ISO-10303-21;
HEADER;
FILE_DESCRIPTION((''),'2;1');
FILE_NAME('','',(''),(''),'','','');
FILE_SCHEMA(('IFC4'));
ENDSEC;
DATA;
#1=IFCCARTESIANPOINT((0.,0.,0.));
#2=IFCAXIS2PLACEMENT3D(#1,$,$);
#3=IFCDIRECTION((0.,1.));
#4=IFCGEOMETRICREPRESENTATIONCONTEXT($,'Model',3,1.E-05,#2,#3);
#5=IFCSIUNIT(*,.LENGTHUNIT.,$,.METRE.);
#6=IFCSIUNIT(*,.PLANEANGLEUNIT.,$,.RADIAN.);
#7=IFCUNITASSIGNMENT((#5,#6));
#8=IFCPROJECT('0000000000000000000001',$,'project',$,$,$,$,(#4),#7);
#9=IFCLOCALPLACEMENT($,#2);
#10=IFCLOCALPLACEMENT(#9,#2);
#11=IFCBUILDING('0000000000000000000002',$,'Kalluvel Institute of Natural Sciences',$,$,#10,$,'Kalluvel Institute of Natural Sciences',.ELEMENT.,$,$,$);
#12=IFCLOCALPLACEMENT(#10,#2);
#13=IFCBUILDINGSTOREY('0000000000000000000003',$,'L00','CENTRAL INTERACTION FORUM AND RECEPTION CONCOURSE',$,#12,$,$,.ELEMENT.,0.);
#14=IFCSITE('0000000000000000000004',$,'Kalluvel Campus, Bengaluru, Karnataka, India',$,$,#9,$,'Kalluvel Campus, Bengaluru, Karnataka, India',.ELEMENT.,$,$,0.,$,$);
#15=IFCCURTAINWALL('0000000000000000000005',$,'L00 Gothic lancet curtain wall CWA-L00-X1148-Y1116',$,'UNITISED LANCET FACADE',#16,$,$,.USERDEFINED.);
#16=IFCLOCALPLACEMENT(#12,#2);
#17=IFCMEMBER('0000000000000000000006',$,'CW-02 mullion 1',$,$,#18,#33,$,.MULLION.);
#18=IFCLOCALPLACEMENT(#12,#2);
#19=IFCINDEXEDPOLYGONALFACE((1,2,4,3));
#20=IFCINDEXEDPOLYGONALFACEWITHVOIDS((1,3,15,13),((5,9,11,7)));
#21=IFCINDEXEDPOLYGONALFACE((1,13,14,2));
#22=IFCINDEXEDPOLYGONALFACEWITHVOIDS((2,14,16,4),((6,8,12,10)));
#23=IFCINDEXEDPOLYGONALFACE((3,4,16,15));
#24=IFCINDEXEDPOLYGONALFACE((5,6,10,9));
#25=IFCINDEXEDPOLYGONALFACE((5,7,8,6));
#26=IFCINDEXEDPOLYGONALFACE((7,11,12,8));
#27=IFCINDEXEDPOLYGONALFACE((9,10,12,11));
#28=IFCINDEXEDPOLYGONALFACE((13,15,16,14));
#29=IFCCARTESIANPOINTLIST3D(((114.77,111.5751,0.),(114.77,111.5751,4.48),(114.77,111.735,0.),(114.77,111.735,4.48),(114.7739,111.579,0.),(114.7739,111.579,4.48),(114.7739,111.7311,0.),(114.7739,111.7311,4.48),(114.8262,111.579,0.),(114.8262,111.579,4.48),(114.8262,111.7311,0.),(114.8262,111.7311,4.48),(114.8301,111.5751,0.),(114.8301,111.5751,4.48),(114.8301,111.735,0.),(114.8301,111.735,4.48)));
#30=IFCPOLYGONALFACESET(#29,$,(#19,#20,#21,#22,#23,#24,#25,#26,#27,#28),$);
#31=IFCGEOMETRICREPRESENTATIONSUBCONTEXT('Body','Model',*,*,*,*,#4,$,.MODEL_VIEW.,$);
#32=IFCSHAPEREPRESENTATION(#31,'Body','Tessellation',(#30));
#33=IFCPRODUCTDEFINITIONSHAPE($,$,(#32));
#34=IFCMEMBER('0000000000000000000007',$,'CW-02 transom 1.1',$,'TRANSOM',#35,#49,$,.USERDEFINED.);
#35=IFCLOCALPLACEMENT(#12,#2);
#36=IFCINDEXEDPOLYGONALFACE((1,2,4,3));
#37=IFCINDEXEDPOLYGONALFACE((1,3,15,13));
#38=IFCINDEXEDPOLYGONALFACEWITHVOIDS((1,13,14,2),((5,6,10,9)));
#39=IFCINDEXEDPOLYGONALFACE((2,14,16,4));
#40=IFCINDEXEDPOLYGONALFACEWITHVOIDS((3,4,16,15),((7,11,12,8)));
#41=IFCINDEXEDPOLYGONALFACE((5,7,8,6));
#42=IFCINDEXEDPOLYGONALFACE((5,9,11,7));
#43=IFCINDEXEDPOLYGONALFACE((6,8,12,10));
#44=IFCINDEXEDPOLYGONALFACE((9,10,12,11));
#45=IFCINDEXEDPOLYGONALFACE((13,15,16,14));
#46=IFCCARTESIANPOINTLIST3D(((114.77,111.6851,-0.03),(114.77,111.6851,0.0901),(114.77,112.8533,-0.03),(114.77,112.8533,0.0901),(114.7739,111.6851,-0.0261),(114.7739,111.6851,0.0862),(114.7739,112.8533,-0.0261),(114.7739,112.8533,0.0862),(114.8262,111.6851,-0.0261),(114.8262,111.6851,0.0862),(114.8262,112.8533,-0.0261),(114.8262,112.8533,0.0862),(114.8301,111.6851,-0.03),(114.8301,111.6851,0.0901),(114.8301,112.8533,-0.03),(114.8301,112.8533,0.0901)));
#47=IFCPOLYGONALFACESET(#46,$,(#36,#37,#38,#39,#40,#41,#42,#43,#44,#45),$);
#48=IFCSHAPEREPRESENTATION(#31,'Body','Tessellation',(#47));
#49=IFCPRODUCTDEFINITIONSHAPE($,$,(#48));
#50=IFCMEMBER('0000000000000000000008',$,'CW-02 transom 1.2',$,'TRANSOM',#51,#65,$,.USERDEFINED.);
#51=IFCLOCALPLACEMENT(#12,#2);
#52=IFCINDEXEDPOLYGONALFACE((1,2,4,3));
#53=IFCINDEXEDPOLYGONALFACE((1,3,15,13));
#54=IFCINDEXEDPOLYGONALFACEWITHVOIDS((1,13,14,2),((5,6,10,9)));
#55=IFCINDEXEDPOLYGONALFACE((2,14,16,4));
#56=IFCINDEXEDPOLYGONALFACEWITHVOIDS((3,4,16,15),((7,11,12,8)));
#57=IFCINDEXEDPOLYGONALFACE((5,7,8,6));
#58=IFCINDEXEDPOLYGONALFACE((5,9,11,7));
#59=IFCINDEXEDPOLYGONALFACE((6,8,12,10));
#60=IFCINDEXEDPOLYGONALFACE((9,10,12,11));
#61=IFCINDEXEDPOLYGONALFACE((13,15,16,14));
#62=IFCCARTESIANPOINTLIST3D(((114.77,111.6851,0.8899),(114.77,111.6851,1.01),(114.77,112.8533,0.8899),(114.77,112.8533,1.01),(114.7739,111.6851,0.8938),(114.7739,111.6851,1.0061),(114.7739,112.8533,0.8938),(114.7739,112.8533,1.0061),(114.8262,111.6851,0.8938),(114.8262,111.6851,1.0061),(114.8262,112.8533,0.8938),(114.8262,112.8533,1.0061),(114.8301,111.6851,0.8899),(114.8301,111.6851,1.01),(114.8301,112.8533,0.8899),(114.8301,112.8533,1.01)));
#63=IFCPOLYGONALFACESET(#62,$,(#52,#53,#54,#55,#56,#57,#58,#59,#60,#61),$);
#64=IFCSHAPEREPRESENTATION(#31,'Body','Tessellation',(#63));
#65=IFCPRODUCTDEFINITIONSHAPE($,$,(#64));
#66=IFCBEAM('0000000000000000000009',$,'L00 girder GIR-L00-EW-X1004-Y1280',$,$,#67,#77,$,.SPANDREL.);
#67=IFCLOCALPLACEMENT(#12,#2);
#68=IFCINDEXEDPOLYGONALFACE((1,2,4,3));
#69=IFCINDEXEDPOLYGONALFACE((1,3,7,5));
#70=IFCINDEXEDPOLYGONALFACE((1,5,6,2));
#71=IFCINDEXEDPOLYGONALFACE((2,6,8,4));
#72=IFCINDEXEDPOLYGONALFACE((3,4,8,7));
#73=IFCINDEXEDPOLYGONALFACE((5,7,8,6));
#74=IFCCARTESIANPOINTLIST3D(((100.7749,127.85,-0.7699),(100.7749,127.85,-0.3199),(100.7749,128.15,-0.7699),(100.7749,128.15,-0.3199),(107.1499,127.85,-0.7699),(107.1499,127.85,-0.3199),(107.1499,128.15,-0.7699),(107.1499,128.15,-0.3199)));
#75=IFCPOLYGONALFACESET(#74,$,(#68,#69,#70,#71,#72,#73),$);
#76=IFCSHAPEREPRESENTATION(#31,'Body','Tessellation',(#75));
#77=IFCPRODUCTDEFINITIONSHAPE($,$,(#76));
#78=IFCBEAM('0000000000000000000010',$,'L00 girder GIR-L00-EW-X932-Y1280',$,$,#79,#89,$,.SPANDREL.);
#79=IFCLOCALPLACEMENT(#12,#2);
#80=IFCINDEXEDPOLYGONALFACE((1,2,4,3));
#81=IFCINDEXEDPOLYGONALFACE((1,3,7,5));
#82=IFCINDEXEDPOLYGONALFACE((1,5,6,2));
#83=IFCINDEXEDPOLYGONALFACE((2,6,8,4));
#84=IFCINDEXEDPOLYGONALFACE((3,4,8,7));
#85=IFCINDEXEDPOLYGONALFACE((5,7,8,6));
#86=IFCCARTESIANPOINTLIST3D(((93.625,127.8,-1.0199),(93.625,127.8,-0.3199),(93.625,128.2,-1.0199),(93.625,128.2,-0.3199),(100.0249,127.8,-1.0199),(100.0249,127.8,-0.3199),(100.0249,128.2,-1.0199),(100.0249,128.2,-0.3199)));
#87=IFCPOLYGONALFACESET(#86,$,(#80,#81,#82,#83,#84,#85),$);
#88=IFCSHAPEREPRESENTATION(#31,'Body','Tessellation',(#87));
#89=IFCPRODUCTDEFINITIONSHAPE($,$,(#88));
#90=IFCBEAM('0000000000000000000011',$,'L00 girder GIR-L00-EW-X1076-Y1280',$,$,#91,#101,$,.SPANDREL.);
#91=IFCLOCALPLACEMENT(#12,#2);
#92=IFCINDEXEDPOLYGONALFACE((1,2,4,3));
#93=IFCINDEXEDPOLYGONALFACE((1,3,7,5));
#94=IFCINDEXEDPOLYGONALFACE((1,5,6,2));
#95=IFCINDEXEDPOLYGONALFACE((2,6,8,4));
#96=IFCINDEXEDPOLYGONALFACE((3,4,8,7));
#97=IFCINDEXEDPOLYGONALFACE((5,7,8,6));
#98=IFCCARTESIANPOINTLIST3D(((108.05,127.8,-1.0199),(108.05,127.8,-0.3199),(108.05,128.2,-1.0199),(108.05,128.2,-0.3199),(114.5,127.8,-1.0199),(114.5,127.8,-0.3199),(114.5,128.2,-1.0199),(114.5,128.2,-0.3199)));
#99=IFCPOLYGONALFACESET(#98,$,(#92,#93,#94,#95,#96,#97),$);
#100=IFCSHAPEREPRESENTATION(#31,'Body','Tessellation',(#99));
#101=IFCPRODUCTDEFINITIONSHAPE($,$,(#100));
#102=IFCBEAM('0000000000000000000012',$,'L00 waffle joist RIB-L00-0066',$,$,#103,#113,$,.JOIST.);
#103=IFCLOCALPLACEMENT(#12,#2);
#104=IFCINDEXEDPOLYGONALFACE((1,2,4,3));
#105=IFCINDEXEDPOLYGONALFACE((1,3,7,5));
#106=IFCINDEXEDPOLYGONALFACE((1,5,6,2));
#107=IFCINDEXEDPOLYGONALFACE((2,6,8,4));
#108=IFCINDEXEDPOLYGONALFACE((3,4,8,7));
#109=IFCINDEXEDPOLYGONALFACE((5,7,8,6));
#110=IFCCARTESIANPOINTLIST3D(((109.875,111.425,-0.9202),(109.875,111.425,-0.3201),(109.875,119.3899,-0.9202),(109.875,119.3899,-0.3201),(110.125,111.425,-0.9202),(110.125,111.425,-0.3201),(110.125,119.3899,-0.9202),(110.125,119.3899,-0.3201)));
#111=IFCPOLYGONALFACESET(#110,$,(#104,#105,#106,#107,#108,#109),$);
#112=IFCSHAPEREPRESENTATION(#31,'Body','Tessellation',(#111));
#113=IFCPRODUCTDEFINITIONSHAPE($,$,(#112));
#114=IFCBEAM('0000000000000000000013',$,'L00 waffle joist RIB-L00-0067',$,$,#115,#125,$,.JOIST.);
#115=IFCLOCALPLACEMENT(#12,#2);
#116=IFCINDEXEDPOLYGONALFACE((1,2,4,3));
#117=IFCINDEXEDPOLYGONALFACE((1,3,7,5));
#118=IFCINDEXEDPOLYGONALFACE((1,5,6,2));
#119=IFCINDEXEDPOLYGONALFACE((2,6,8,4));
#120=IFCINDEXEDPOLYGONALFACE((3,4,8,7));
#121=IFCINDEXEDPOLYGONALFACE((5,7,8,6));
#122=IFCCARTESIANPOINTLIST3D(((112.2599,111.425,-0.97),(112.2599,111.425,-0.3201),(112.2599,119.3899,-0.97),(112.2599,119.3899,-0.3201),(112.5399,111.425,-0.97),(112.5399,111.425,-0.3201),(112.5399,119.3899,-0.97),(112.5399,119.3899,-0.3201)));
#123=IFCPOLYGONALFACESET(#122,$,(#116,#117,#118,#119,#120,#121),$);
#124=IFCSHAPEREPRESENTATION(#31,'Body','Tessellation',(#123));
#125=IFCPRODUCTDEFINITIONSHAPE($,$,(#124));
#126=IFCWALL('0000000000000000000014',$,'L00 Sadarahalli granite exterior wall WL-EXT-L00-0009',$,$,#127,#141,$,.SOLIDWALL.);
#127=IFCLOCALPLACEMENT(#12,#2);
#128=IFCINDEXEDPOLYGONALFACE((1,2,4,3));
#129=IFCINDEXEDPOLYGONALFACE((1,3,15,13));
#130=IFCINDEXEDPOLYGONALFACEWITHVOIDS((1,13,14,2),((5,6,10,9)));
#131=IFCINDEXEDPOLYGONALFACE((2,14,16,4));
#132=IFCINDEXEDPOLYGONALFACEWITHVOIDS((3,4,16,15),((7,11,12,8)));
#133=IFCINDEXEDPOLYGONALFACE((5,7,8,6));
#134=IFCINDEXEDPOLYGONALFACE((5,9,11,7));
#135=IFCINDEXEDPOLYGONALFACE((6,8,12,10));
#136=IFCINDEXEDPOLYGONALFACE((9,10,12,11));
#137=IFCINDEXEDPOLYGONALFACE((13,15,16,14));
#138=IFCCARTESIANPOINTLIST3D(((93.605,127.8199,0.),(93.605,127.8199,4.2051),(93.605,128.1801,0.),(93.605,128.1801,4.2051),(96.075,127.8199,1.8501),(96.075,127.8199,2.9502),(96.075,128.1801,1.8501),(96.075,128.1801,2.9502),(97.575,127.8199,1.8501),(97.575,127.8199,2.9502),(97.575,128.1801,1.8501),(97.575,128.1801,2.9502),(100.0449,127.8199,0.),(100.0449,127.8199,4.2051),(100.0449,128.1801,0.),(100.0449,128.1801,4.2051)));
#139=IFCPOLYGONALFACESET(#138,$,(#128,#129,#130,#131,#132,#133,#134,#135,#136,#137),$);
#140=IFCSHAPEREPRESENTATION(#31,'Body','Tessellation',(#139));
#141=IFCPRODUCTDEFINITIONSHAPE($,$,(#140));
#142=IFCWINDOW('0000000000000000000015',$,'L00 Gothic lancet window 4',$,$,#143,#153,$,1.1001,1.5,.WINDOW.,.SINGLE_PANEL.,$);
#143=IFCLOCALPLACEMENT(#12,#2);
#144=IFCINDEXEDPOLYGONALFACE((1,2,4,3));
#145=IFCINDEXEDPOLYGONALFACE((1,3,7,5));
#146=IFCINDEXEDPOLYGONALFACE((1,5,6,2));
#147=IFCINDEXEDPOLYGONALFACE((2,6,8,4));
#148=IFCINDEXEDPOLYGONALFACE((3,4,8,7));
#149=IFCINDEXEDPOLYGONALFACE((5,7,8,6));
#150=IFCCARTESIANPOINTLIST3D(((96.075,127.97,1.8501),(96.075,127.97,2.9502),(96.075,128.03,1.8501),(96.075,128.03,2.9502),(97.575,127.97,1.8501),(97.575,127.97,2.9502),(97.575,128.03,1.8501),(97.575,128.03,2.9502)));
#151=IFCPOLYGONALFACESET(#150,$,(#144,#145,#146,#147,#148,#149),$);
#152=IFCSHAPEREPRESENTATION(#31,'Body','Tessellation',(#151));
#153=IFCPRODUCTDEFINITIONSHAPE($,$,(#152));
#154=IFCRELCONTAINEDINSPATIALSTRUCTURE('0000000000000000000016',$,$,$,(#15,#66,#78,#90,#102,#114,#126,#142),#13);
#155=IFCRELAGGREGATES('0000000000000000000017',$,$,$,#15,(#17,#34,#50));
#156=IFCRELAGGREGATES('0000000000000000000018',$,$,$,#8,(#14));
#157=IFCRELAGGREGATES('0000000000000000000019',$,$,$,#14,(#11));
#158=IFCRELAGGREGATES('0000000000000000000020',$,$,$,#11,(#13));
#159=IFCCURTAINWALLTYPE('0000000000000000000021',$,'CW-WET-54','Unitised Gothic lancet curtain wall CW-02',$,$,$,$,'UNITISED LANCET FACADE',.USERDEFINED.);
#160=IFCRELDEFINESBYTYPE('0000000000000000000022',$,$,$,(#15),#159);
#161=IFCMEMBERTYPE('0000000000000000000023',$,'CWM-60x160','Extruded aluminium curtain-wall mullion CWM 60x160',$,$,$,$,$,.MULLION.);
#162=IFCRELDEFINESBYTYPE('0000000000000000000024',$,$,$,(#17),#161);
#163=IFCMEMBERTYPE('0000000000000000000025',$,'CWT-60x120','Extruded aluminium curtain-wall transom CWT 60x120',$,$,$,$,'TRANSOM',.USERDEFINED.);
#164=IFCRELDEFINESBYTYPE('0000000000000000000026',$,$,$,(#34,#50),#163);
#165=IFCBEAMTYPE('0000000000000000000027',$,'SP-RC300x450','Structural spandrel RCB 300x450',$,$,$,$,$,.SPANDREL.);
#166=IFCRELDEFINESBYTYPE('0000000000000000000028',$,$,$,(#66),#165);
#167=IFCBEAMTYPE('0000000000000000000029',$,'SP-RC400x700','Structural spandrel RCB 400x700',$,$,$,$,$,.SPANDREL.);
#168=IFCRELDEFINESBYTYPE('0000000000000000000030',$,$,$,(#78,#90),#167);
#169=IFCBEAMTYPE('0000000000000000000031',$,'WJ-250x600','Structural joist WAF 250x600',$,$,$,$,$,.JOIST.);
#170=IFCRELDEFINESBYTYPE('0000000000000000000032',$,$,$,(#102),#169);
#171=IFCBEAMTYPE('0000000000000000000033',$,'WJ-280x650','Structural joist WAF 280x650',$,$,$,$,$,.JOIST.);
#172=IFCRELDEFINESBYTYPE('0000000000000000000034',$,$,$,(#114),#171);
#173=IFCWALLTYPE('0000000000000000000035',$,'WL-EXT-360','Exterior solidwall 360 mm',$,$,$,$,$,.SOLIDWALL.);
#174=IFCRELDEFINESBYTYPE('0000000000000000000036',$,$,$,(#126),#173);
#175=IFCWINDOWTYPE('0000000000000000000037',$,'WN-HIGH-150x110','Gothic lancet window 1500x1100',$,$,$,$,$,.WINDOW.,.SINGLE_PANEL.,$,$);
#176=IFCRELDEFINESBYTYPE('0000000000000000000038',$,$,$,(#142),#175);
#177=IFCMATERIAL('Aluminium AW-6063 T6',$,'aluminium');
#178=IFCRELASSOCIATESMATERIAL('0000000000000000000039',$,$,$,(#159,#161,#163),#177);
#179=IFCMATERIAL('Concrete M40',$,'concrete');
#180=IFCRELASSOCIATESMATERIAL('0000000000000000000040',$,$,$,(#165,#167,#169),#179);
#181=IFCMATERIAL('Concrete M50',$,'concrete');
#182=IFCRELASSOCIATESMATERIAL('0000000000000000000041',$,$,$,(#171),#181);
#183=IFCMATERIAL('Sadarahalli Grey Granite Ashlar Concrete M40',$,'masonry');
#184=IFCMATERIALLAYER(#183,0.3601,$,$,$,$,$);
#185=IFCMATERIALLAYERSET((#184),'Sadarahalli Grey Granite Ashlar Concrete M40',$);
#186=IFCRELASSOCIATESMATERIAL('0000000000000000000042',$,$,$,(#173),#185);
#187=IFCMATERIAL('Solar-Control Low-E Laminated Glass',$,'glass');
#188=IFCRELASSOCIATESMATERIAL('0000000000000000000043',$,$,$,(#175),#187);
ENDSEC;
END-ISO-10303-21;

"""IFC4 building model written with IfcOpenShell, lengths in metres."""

from ifc_helpers import new_model, si_unit, direction, frame, frame_2d, origin, origin_2d, place, context, subcontext, project, spatial, rectangle, hollow_rectangle, extrude, material, layer, layer_set, material_profile, profile_set, type_object, element, fill, aggregate, save


model = new_model("IFC4")

# Units and contexts
model_context = context("Model", 3, precision=1e-05, world=origin(), true_north=direction((0.0, 1.0)))
body_context = subcontext(model_context, "Body", "Model", "MODEL_VIEW")
ifc_project = project(units=[si_unit("LENGTHUNIT", "METRE"), si_unit("PLANEANGLEUNIT", "RADIAN")], contexts=[model_context])

# Site, building, storey
site_placement = place(None, origin())
site = spatial("IfcSite", under=ifc_project, at=site_placement, Name="Kalluvel Campus, Bengaluru, Karnataka, India", LongName="Kalluvel Campus, Bengaluru, Karnataka, India", CompositionType="ELEMENT", RefElevation=0.0)
building_placement = place(site_placement, origin())
building = spatial("IfcBuilding", under=site, at=building_placement, Name="Kalluvel Institute of Natural Sciences", LongName="Kalluvel Institute of Natural Sciences", CompositionType="ELEMENT")
storey_placement = place(building_placement, origin())
storey = spatial("IfcBuildingStorey", under=building, at=storey_placement, Name="L00", Description="CENTRAL INTERACTION FORUM AND RECEPTION CONCOURSE", CompositionType="ELEMENT", Elevation=0.0)

# Shared definitions
ifc_material_1 = material(Name="Concrete M50", Category="concrete")

# Shared definitions
ifc_material_2 = material(Name="Concrete M40", Category="concrete")

# Curtain wall, members
ifc_material_3 = material(Name="Aluminium AW-6063 T6", Category="aluminium")
curtain_wall_type = type_object("IfcCurtainWallType", Name="CW-WET-54", Description="Unitised Gothic lancet curtain wall CW-02", ElementType="UNITISED LANCET FACADE", PredefinedType="USERDEFINED", material=ifc_material_3)
curtain_wall_placement = place(storey_placement, origin())
curtain_wall = element("IfcCurtainWall", 1, at=curtain_wall_placement, inside=storey, type_object=curtain_wall_type, Name="L00 Gothic lancet curtain wall CWA-L00-X1148-Y1116", ObjectType="UNITISED LANCET FACADE", PredefinedType="USERDEFINED")
ifc_material_profile_1 = material_profile(ifc_material_3, hollow_rectangle(XDim=0.0601, YDim=0.1599, WallThickness=0.0039, at=origin_2d()), Name="CWM 60x160")
ifc_profile_set_1 = profile_set([ifc_material_profile_1], Name="Aluminium AW-6063 T6")
member_type_1 = type_object("IfcMemberType", Name="CWM-60x160", Description="Extruded aluminium curtain-wall mullion CWM 60x160", PredefinedType="MULLION", material=ifc_profile_set_1)
member_1_placement = place(storey_placement, frame((114.8, 111.655, 0.0), z_axis=(0.0, 0.0, 1.0), x_axis=(-1.0, 0.0, 0.0)))
member_1 = element("IfcMember", 2, at=member_1_placement, type_object=member_type_1, Name="CW-02 mullion 1", PredefinedType="MULLION", context=body_context, shape_type="SweptSolid", body=[
    extrude(hollow_rectangle(XDim=0.0601, YDim=0.1599, WallThickness=0.0039, at=origin_2d()), origin(), (0.0, 0.0, 1.0), 4.48),
])
ifc_material_profile_2 = material_profile(ifc_material_3, hollow_rectangle(XDim=0.0601, YDim=0.1201, WallThickness=0.0039, at=origin_2d()), Name="CWT 60x120")
ifc_profile_set_2 = profile_set([ifc_material_profile_2], Name="Aluminium AW-6063 T6")
member_type_2 = type_object("IfcMemberType", Name="CWT-60x120", Description="Extruded aluminium curtain-wall transom CWT 60x120", ElementType="TRANSOM", PredefinedType="USERDEFINED", material=ifc_profile_set_2)
member_2_placement = place(storey_placement, frame((114.8, 111.6851, 0.03), z_axis=(0.0, 1.0, 0.0), x_axis=(-1.0, 0.0, 0.0)))
member_2 = element("IfcMember", 3, at=member_2_placement, type_object=member_type_2, Name="CW-02 transom 1.1", ObjectType="TRANSOM", PredefinedType="USERDEFINED", context=body_context, shape_type="SweptSolid", body=[
    extrude(hollow_rectangle(XDim=0.0601, YDim=0.1201, WallThickness=0.0039, at=origin_2d()), origin(), (0.0, 0.0, 1.0), 1.1682),
])
member_3_placement = place(storey_placement, frame((114.8, 111.6851, 0.95), z_axis=(0.0, 1.0, 0.0), x_axis=(-1.0, 0.0, 0.0)))
member_3 = element("IfcMember", 4, at=member_3_placement, type_object=member_type_2, Name="CW-02 transom 1.2", ObjectType="TRANSOM", PredefinedType="USERDEFINED", context=body_context, shape_type="SweptSolid", body=[
    extrude(hollow_rectangle(XDim=0.0601, YDim=0.1201, WallThickness=0.0039, at=origin_2d()), origin(), (0.0, 0.0, 1.0), 1.1682),
])
aggregate(curtain_wall, [member_1, member_2, member_3])

# Beams
ifc_material_profile_3 = material_profile(ifc_material_2, rectangle(XDim=0.3, YDim=0.45, at=origin_2d()), Name="RCB 300x450")
ifc_profile_set_3 = profile_set([ifc_material_profile_3], Name="Concrete M40")
beam_type_1 = type_object("IfcBeamType", Name="SP-RC300x450", Description="Structural spandrel RCB 300x450", PredefinedType="SPANDREL", material=ifc_profile_set_3)
beam_1_placement = place(storey_placement, frame((100.7749, 128.0, -0.5449), z_axis=(1.0, 0.0, 0.0), x_axis=(0.0, 1.0, 0.0)))
element("IfcBeam", 5, at=beam_1_placement, inside=storey, type_object=beam_type_1, Name="L00 girder GIR-L00-EW-X1004-Y1280", PredefinedType="SPANDREL", context=body_context, shape_type="SweptSolid", body=[
    extrude(rectangle(XDim=0.3, YDim=0.45, at=origin_2d()), origin(), (0.0, 0.0, 1.0), 6.375),
])
ifc_material_profile_4 = material_profile(ifc_material_2, rectangle(XDim=0.3999, YDim=0.7, at=origin_2d()), Name="RCB 400x700")
ifc_profile_set_4 = profile_set([ifc_material_profile_4], Name="Concrete M40")
beam_type_2 = type_object("IfcBeamType", Name="SP-RC400x700", Description="Structural spandrel RCB 400x700", PredefinedType="SPANDREL", material=ifc_profile_set_4)
beam_2_placement = place(storey_placement, frame((93.625, 128.0, -0.6699), z_axis=(1.0, 0.0, 0.0), x_axis=(0.0, 1.0, 0.0)))
element("IfcBeam", 6, at=beam_2_placement, inside=storey, type_object=beam_type_2, Name="L00 girder GIR-L00-EW-X932-Y1280", PredefinedType="SPANDREL", context=body_context, shape_type="SweptSolid", body=[
    extrude(rectangle(XDim=0.3999, YDim=0.7, at=origin_2d()), origin(), (0.0, 0.0, 1.0), 6.3999),
])
beam_3_placement = place(storey_placement, frame((108.05, 128.0, -0.6699), z_axis=(1.0, 0.0, 0.0), x_axis=(0.0, 1.0, 0.0)))
element("IfcBeam", 7, at=beam_3_placement, inside=storey, type_object=beam_type_2, Name="L00 girder GIR-L00-EW-X1076-Y1280", PredefinedType="SPANDREL", context=body_context, shape_type="SweptSolid", body=[
    extrude(rectangle(XDim=0.3999, YDim=0.7, at=origin_2d()), origin(), (0.0, 0.0, 1.0), 6.45),
])
ifc_material_profile_5 = material_profile(ifc_material_2, rectangle(XDim=0.25, YDim=0.6001, at=origin_2d()), Name="WAF 250x600")
ifc_profile_set_5 = profile_set([ifc_material_profile_5], Name="Concrete M40")
beam_type_3 = type_object("IfcBeamType", Name="WJ-250x600", Description="Structural joist WAF 250x600", PredefinedType="JOIST", material=ifc_profile_set_5)
beam_4_placement = place(storey_placement, frame((110.0, 111.425, -0.6201), z_axis=(0.0, 1.0, 0.0), x_axis=(-1.0, 0.0, 0.0)))
element("IfcBeam", 8, at=beam_4_placement, inside=storey, type_object=beam_type_3, Name="L00 waffle joist RIB-L00-0066", PredefinedType="JOIST", context=body_context, shape_type="SweptSolid", body=[
    extrude(rectangle(XDim=0.25, YDim=0.6001, at=origin_2d()), origin(), (0.0, 0.0, 1.0), 7.9648),
])
ifc_material_profile_6 = material_profile(ifc_material_1, rectangle(XDim=0.28, YDim=0.6499, at=origin_2d()), Name="WAF 280x650")
ifc_profile_set_6 = profile_set([ifc_material_profile_6], Name="Concrete M50")
beam_type_4 = type_object("IfcBeamType", Name="WJ-280x650", Description="Structural joist WAF 280x650", PredefinedType="JOIST", material=ifc_profile_set_6)
beam_5_placement = place(storey_placement, frame((112.3999, 111.425, -0.645), z_axis=(0.0, 1.0, 0.0), x_axis=(-1.0, 0.0, 0.0)))
element("IfcBeam", 9, at=beam_5_placement, inside=storey, type_object=beam_type_4, Name="L00 waffle joist RIB-L00-0067", PredefinedType="JOIST", context=body_context, shape_type="SweptSolid", body=[
    extrude(rectangle(XDim=0.28, YDim=0.6499, at=origin_2d()), origin(), (0.0, 0.0, 1.0), 7.9648),
])

# Wall, opening, window
ifc_material_4 = material(Name="Sadarahalli Grey Granite Ashlar Concrete M40", Category="masonry")
ifc_layer_1 = layer(ifc_material_4, 0.3601)
ifc_layer_set_1 = layer_set([ifc_layer_1], Name="Sadarahalli Grey Granite Ashlar Concrete M40")
wall_type = type_object("IfcWallType", Name="WL-EXT-360", Description="Exterior solidwall 360 mm", PredefinedType="SOLIDWALL", material=ifc_layer_set_1)
wall_1_placement = place(storey_placement, frame((93.605, 128.0, 0.0), z_axis=(0.0, 0.0, 1.0), x_axis=(1.0, 0.0, 0.0)))
wall_1 = element("IfcWall", 10, at=wall_1_placement, inside=storey, type_object=wall_type, Name="L00 Sadarahalli granite exterior wall WL-EXT-L00-0009", PredefinedType="SOLIDWALL", context=body_context, shape_type="SweptSolid", body=[
    extrude(rectangle(XDim=6.4399, YDim=0.3601, at=frame_2d((3.22, 0.0))), origin(), (0.0, 0.0, 1.0), 4.2051),
])
opening_1_placement = place(wall_1_placement, frame((2.47, 0.0, 1.8501)))
opening_1 = element("IfcOpeningElement", 11, at=opening_1_placement, cuts=wall_1, PredefinedType="OPENING", context=body_context, shape_type="SweptSolid", body=[
    extrude(rectangle(XDim=1.5, YDim=1.1001, at=frame_2d((0.75, 0.55))), frame((0.0, 0.1899, 0.0), z_axis=(0.0, -1.0, 0.0), x_axis=(1.0, 0.0, 0.0)), (0.0, 0.0, 1.0), 0.3801),
])
ifc_material_5 = material(Name="Solar-Control Low-E Laminated Glass", Category="glass")
window_type = type_object("IfcWindowType", Name="WN-HIGH-150x110", Description="Gothic lancet window 1500x1100", PartitioningType="SINGLE_PANEL", PredefinedType="WINDOW", material=ifc_material_5)
window_1_placement = place(opening_1_placement, origin())
window_1 = element("IfcWindow", 12, at=window_1_placement, inside=storey, type_object=window_type, Name="L00 Gothic lancet window 4", OverallHeight=1.1001, OverallWidth=1.5, PartitioningType="SINGLE_PANEL", PredefinedType="WINDOW", context=body_context, shape_type="SweptSolid", body=[
    extrude(rectangle(XDim=1.5, YDim=1.1001, at=frame_2d((0.75, 0.55))), frame((0.0, 0.03, 0.0), z_axis=(0.0, -1.0, 0.0), x_axis=(1.0, 0.0, 0.0)), (0.0, 0.0, 1.0), 0.0601),
])
fill(opening_1, window_1)

save(model, "model.ifc")
